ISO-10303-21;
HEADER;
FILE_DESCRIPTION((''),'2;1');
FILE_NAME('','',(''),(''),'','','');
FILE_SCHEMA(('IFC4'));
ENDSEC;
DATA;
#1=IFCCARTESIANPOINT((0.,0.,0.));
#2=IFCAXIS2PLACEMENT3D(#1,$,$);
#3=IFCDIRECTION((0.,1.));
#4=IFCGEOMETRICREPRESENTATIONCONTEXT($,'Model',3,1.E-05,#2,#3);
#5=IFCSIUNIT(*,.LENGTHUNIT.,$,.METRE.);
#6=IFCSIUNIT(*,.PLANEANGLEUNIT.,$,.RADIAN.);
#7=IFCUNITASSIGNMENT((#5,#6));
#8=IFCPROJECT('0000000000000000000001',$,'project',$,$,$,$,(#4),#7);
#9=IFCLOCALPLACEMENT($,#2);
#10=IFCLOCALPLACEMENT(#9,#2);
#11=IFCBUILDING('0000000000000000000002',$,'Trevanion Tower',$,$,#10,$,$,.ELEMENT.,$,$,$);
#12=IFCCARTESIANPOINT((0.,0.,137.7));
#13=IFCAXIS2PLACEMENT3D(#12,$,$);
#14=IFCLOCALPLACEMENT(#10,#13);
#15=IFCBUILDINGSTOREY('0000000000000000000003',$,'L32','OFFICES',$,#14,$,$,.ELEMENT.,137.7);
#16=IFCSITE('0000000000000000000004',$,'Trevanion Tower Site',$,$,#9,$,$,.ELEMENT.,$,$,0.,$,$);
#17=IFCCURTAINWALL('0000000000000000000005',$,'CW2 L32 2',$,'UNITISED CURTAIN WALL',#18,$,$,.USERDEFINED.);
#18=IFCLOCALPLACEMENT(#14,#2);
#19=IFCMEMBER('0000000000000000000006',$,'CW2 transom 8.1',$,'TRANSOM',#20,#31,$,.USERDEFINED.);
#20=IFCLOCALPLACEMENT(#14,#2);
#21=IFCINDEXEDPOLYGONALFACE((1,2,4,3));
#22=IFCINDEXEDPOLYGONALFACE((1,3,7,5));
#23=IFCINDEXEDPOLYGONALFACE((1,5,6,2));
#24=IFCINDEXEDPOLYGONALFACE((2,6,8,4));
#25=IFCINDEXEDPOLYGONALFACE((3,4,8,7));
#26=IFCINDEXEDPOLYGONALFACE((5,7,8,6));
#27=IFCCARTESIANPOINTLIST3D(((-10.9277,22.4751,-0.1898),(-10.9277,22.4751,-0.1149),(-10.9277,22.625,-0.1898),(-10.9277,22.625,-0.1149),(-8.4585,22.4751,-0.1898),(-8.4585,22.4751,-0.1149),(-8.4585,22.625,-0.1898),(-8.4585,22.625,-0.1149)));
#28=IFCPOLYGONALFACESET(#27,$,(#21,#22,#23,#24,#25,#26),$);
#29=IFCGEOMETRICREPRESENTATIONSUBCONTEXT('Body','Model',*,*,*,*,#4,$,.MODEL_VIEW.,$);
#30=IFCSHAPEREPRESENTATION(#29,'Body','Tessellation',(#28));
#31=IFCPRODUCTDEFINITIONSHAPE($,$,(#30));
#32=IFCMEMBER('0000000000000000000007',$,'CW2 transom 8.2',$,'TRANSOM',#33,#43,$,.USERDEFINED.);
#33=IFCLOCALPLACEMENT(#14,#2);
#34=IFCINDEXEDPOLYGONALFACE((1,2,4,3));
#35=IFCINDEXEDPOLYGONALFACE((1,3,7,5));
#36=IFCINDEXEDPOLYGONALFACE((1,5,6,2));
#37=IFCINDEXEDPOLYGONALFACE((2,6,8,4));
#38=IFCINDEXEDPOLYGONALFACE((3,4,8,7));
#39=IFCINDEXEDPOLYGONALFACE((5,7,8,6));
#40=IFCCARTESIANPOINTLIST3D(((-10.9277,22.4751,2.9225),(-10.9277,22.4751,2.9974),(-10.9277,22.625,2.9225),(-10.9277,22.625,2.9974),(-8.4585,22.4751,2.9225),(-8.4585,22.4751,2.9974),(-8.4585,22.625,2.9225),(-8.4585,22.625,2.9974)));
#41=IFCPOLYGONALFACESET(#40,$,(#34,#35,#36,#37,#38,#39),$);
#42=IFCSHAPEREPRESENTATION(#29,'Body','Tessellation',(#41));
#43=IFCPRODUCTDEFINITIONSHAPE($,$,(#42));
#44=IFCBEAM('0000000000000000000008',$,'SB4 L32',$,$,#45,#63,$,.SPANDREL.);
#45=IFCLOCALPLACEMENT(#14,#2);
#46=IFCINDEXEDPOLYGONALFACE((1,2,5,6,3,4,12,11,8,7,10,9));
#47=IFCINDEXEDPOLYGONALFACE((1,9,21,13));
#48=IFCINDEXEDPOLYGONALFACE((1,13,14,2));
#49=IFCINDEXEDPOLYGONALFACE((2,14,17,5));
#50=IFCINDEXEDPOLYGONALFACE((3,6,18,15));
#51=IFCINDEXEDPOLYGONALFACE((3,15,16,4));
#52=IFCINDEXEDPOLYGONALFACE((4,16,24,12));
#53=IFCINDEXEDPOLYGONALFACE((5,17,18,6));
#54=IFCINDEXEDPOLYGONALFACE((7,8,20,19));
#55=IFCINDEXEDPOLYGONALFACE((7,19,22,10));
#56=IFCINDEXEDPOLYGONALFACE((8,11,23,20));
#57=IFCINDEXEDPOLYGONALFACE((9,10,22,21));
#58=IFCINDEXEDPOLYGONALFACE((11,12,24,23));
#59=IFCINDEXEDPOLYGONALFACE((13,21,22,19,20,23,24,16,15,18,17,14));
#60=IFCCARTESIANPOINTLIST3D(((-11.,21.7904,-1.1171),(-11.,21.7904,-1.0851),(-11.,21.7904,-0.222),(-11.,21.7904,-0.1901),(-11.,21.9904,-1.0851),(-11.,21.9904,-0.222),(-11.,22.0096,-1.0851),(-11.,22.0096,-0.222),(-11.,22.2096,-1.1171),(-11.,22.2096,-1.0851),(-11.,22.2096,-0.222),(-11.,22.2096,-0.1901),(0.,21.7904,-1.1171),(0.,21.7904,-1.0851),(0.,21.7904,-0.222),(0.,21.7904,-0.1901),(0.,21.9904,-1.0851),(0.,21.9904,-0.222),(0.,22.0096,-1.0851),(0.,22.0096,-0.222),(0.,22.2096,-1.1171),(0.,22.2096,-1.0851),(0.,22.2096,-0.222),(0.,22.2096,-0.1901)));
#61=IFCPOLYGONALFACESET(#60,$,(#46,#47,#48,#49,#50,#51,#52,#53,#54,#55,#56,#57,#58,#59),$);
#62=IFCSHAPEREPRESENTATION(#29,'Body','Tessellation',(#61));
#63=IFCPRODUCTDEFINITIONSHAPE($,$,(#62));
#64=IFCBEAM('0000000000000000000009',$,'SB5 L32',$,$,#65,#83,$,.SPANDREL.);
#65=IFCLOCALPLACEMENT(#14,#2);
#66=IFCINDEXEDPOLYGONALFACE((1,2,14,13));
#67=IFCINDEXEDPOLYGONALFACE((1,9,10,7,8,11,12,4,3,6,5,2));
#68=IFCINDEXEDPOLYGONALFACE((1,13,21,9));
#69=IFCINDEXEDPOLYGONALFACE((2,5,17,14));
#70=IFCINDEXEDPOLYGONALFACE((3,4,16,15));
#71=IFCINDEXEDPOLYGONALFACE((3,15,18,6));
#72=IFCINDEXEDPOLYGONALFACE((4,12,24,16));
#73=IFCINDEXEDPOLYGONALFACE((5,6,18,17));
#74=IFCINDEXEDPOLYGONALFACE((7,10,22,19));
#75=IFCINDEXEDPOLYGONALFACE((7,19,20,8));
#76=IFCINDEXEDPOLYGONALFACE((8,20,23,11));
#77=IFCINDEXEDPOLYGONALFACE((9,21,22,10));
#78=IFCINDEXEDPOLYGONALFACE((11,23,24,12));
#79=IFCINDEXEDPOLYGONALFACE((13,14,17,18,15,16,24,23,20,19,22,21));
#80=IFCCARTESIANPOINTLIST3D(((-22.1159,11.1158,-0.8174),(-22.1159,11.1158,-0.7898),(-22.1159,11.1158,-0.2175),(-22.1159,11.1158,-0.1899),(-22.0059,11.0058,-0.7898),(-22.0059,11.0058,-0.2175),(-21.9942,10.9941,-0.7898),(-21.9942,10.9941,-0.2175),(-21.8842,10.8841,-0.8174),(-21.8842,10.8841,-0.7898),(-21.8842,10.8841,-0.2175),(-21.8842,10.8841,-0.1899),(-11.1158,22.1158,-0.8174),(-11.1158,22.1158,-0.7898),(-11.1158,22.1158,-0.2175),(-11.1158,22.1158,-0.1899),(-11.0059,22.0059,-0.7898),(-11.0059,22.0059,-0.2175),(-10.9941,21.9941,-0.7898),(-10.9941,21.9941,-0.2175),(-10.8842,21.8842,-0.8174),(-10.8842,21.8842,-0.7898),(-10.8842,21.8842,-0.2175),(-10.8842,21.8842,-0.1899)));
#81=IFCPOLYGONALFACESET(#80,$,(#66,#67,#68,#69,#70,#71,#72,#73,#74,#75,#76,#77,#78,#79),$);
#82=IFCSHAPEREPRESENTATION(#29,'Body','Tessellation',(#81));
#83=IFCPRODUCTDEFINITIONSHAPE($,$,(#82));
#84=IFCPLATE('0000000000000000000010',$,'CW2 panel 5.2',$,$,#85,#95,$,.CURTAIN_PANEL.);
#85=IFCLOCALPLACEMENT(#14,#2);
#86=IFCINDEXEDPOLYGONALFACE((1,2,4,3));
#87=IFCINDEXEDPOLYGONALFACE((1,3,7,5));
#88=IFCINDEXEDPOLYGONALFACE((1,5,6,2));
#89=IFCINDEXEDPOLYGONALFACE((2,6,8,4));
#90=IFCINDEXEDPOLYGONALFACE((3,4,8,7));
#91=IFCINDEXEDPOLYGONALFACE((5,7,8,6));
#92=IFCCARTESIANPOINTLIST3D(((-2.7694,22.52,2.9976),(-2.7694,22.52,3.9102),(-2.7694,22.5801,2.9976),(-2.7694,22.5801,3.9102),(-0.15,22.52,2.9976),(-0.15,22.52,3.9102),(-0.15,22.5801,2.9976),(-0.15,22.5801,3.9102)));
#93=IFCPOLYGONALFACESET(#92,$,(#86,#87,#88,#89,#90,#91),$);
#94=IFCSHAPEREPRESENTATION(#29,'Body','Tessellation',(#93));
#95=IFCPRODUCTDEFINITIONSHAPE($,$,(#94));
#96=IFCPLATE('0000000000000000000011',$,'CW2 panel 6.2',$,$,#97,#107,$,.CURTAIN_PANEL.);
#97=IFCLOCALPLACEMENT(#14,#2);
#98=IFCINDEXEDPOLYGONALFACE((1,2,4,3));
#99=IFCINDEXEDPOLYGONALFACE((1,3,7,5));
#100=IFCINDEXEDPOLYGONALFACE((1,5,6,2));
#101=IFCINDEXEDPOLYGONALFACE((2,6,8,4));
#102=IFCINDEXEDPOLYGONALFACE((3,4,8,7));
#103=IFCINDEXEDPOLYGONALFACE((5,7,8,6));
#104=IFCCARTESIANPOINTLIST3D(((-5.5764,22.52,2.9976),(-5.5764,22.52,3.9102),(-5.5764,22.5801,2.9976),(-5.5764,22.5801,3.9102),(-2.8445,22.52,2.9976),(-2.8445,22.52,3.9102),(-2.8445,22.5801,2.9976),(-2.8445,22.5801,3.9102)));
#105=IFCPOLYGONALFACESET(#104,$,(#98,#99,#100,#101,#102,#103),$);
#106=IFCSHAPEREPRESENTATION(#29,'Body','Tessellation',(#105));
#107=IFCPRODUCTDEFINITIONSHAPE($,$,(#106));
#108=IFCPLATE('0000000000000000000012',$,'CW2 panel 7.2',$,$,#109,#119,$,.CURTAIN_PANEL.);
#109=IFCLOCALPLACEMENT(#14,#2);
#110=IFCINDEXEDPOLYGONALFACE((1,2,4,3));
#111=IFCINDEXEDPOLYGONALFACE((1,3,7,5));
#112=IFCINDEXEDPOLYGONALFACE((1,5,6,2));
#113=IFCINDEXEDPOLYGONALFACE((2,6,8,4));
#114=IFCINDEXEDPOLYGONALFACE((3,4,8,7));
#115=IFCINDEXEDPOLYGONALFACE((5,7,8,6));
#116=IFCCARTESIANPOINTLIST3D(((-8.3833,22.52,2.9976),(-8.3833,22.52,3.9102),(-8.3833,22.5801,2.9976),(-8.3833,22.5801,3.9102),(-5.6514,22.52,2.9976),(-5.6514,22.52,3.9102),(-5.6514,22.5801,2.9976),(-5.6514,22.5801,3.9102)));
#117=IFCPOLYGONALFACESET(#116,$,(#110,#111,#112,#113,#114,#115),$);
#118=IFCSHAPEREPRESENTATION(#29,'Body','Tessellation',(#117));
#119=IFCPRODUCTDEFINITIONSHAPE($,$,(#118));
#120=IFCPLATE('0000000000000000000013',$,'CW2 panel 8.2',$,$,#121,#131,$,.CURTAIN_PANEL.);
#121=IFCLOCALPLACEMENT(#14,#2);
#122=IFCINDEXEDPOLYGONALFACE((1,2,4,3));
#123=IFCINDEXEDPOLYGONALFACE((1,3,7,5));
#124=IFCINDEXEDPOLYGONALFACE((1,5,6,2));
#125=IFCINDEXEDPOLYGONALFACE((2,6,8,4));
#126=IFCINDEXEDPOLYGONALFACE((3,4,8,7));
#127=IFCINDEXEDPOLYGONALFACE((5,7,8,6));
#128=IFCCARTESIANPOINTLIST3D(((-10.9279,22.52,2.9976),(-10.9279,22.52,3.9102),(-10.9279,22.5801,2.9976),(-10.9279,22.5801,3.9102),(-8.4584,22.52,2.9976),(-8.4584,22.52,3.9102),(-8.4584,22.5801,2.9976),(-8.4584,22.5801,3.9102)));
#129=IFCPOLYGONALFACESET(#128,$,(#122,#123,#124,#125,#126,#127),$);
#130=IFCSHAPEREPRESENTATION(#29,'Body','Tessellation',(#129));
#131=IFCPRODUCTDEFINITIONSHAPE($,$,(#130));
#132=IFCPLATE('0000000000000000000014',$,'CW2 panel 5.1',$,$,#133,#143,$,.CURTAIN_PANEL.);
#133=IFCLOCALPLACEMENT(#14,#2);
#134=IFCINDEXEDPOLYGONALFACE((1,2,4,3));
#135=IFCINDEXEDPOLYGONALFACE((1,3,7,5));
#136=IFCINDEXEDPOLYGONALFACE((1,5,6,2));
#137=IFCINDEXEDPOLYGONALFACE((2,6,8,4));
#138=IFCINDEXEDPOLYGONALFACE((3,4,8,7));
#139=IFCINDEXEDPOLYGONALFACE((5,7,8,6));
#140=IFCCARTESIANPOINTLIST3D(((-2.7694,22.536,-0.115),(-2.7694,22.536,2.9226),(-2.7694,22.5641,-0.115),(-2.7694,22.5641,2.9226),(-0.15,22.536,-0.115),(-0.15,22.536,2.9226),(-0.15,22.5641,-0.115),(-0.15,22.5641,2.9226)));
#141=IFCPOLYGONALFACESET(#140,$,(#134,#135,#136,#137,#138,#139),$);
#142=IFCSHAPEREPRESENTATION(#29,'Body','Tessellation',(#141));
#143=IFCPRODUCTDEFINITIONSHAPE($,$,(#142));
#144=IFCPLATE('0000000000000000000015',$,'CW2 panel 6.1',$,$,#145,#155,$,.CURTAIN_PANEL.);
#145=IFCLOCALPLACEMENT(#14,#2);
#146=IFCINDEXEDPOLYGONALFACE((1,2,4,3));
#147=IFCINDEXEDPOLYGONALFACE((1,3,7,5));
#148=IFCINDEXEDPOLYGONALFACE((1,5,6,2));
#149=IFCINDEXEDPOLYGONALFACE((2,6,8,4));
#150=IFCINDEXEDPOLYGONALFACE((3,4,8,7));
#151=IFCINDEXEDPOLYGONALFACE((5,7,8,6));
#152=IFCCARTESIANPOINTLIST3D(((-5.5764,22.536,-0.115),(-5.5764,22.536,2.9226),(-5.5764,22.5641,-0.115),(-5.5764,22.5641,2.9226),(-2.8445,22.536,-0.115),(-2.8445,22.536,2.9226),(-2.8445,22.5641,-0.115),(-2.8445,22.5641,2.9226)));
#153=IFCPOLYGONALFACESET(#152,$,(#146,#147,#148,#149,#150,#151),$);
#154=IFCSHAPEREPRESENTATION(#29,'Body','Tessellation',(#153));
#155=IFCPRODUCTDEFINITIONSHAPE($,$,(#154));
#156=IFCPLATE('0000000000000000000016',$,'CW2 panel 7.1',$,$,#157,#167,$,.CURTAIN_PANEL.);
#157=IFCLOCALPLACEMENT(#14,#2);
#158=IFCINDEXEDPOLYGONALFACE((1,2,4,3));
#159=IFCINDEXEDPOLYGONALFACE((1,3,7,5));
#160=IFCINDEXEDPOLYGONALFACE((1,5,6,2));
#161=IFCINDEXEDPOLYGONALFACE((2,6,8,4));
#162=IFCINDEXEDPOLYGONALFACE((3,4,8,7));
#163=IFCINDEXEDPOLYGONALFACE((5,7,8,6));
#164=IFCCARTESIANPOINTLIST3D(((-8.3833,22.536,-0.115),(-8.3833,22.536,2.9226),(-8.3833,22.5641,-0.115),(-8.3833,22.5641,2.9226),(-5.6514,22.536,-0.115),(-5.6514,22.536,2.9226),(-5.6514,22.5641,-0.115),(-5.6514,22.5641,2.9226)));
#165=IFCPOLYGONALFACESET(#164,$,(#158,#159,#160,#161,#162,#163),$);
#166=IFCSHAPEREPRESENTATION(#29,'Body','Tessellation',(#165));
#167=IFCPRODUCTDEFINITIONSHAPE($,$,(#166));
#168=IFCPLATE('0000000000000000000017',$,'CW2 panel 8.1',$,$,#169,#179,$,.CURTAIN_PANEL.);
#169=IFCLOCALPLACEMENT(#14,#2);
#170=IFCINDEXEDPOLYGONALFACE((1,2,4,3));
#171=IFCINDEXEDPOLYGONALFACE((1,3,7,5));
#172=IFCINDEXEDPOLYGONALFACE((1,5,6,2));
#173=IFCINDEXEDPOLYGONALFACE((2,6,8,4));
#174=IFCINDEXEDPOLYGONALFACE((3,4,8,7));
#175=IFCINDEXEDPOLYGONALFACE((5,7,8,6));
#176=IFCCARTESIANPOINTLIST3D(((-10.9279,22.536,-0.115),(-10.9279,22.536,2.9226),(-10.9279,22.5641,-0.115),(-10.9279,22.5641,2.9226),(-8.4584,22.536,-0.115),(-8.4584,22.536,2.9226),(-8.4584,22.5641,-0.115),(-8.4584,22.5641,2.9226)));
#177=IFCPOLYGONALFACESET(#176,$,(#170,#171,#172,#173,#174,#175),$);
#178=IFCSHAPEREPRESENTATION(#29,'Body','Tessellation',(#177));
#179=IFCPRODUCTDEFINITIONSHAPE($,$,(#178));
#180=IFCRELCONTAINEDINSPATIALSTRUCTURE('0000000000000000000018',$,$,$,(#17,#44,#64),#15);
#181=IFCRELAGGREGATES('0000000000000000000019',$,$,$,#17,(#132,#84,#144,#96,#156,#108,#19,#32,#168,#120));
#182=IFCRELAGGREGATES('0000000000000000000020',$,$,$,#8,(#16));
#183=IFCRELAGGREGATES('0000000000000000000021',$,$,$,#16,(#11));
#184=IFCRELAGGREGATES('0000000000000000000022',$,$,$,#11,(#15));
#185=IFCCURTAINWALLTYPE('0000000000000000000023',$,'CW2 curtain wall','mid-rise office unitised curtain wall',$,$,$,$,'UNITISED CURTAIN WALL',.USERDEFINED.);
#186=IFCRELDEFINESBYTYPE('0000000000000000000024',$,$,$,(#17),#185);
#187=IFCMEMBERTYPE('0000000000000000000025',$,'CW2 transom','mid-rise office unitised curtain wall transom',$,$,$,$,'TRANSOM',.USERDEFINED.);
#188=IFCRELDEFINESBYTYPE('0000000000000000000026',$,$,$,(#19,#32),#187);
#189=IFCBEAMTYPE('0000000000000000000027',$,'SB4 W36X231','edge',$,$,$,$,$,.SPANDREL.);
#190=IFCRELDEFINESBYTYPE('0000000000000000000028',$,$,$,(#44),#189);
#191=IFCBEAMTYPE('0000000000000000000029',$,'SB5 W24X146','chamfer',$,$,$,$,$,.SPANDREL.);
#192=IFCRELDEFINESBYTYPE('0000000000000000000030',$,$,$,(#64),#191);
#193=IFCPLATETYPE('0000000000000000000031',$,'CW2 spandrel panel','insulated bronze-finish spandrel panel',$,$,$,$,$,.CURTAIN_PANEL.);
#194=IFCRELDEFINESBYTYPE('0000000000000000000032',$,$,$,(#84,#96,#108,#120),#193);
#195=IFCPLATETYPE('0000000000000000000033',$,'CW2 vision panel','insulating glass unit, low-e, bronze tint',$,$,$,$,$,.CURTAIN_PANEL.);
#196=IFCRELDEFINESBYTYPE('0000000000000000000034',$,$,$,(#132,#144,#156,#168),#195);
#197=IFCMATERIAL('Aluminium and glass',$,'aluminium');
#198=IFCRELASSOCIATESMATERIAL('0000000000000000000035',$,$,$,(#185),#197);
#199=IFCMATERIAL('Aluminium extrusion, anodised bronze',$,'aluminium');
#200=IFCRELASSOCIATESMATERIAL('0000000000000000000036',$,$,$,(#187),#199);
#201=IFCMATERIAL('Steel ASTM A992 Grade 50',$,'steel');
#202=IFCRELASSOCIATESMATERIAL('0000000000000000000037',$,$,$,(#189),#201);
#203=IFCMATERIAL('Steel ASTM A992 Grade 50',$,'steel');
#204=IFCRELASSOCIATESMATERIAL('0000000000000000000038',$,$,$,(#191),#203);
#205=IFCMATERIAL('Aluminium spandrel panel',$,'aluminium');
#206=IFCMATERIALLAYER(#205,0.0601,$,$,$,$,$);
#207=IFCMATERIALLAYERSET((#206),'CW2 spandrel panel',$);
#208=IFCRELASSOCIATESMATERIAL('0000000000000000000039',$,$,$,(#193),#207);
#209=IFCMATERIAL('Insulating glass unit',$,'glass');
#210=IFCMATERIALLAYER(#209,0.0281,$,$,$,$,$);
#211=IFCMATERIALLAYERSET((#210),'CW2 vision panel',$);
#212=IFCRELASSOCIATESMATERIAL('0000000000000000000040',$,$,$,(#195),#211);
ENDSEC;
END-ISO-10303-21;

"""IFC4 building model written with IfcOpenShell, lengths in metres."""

from ifc_helpers import new_model, si_unit, direction, frame, origin, origin_2d, place, context, subcontext, project, spatial, rectangle, i_section, extrude, material, layer, layer_set, material_profile, profile_set, type_object, element, aggregate, save


model = new_model("IFC4")

# Units and contexts
model_context = context("Model", 3, precision=1e-05, world=origin(), true_north=direction((0.0, 1.0)))
body_context = subcontext(model_context, "Body", "Model", "MODEL_VIEW")
ifc_project = project(units=[si_unit("LENGTHUNIT", "METRE"), si_unit("PLANEANGLEUNIT", "RADIAN")], contexts=[model_context])

# Site, building, storey
site_placement = place(None, origin())
site = spatial("IfcSite", under=ifc_project, at=site_placement, Name="Trevanion Tower Site", CompositionType="ELEMENT", RefElevation=0.0)
building_placement = place(site_placement, origin())
building = spatial("IfcBuilding", under=site, at=building_placement, Name="Trevanion Tower", CompositionType="ELEMENT")
storey_placement = place(building_placement, frame((0.0, 0.0, 137.7)))
storey = spatial("IfcBuildingStorey", under=building, at=storey_placement, Name="L32", Description="OFFICES", CompositionType="ELEMENT", Elevation=137.7)

# Curtain wall
ifc_material_1 = material(Name="Aluminium and glass", Category="aluminium")
curtain_wall_type = type_object("IfcCurtainWallType", Name="CW2 curtain wall", Description="mid-rise office unitised curtain wall", ElementType="UNITISED CURTAIN WALL", PredefinedType="USERDEFINED", material=ifc_material_1)
curtain_wall_1_placement = place(storey_placement, origin())
curtain_wall_1 = element("IfcCurtainWall", 1, at=curtain_wall_1_placement, inside=storey, type_object=curtain_wall_type, Name="CW2 L32 2", ObjectType="UNITISED CURTAIN WALL", PredefinedType="USERDEFINED")

# Members
ifc_material_2 = material(Name="Aluminium extrusion, anodised bronze", Category="aluminium")
ifc_material_profile_1 = material_profile(ifc_material_2, rectangle(XDim=0.1499, YDim=0.075, at=origin_2d()), Name="CW2 transom")
ifc_profile_set_1 = profile_set([ifc_material_profile_1], Name="Aluminium extrusion, anodised bronze")
member_type_1 = type_object("IfcMemberType", Name="CW2 transom", Description="mid-rise office unitised curtain wall transom", ElementType="TRANSOM", PredefinedType="USERDEFINED", material=ifc_profile_set_1)
member_1_placement = place(storey_placement, frame((-8.4585, 22.55, -0.1523), z_axis=(-1.0, 0.0, 0.0), x_axis=(0.0, -1.0, 0.0)))
member_1 = element("IfcMember", 2, at=member_1_placement, type_object=member_type_1, Name="CW2 transom 8.1", ObjectType="TRANSOM", PredefinedType="USERDEFINED", context=body_context, shape_type="SweptSolid", body=[
    extrude(rectangle(XDim=0.1499, YDim=0.075, at=origin_2d()), origin(), (0.0, 0.0, 1.0), 2.4692),
])
member_2_placement = place(storey_placement, frame((-8.4585, 22.55, 2.96), z_axis=(-1.0, 0.0, 0.0), x_axis=(0.0, -1.0, 0.0)))
member_2 = element("IfcMember", 3, at=member_2_placement, type_object=member_type_1, Name="CW2 transom 8.2", ObjectType="TRANSOM", PredefinedType="USERDEFINED", context=body_context, shape_type="SweptSolid", body=[
    extrude(rectangle(XDim=0.1499, YDim=0.075, at=origin_2d()), origin(), (0.0, 0.0, 1.0), 2.4692),
])

# Beams
ifc_material_3 = material(Name="Steel ASTM A992 Grade 50", Category="steel")
ifc_material_profile_2 = material_profile(ifc_material_3, i_section(OverallWidth=0.4192, OverallDepth=0.927, WebThickness=0.0193, FlangeThickness=0.032, at=origin_2d()), Name="W36X231")
ifc_profile_set_2 = profile_set([ifc_material_profile_2], Name="Steel ASTM A992 Grade 50")
beam_type_1 = type_object("IfcBeamType", Name="SB4 W36X231", Description="edge", PredefinedType="SPANDREL", material=ifc_profile_set_2)
beam_1_placement = place(storey_placement, frame((0.0, 22.0, -0.6536), z_axis=(-1.0, 0.0, 0.0), x_axis=(0.0, -1.0, 0.0)))
element("IfcBeam", 4, at=beam_1_placement, inside=storey, type_object=beam_type_1, Name="SB4 L32", PredefinedType="SPANDREL", context=body_context, shape_type="SweptSolid", body=[
    extrude(i_section(OverallWidth=0.4192, OverallDepth=0.927, WebThickness=0.0193, FlangeThickness=0.032, at=origin_2d()), origin(), (0.0, 0.0, 1.0), 11.0),
])
ifc_material_4 = material(Name="Steel ASTM A992 Grade 50", Category="steel")
ifc_material_profile_3 = material_profile(ifc_material_4, i_section(OverallWidth=0.3276, OverallDepth=0.6274, WebThickness=0.0166, FlangeThickness=0.0276, at=origin_2d()), Name="W24X146")
ifc_profile_set_3 = profile_set([ifc_material_profile_3], Name="Steel ASTM A992 Grade 50")
beam_type_2 = type_object("IfcBeamType", Name="SB5 W24X146", Description="chamfer", PredefinedType="SPANDREL", material=ifc_profile_set_3)
beam_2_placement = place(storey_placement, frame((-11.0, 22.0, -0.5037), z_axis=(-0.707107, -0.707107, 0.0), x_axis=(0.707107, -0.707107, 0.0)))
element("IfcBeam", 5, at=beam_2_placement, inside=storey, type_object=beam_type_2, Name="SB5 L32", PredefinedType="SPANDREL", context=body_context, shape_type="SweptSolid", body=[
    extrude(i_section(OverallWidth=0.3276, OverallDepth=0.6274, WebThickness=0.0166, FlangeThickness=0.0276, at=origin_2d()), origin(), (0.0, 0.0, 1.0), 15.5564),
])

# Plates
ifc_material_5 = material(Name="Aluminium spandrel panel", Category="aluminium")
ifc_layer_1 = layer(ifc_material_5, 0.0601)
ifc_layer_set_1 = layer_set([ifc_layer_1], Name="CW2 spandrel panel")
plate_type_1 = type_object("IfcPlateType", Name="CW2 spandrel panel", Description="insulated bronze-finish spandrel panel", PredefinedType="CURTAIN_PANEL", material=ifc_layer_set_1)
plate_1_placement = place(storey_placement, frame((-1.4597, 22.55, 2.9976), z_axis=(0.0, 0.0, 1.0), x_axis=(-1.0, 0.0, 0.0)))
plate_1 = element("IfcPlate", 6, at=plate_1_placement, type_object=plate_type_1, Name="CW2 panel 5.2", PredefinedType="CURTAIN_PANEL", context=body_context, shape_type="SweptSolid", body=[
    extrude(rectangle(XDim=2.6194, YDim=0.0601, at=origin_2d()), origin(), (0.0, 0.0, 1.0), 0.9126),
])
plate_2_placement = place(storey_placement, frame((-4.2104, 22.55, 2.9976), z_axis=(0.0, 0.0, 1.0), x_axis=(-1.0, 0.0, 0.0)))
plate_2 = element("IfcPlate", 7, at=plate_2_placement, type_object=plate_type_1, Name="CW2 panel 6.2", PredefinedType="CURTAIN_PANEL", context=body_context, shape_type="SweptSolid", body=[
    extrude(rectangle(XDim=2.7319, YDim=0.0601, at=origin_2d()), origin(), (0.0, 0.0, 1.0), 0.9126),
])
plate_3_placement = place(storey_placement, frame((-7.0173, 22.55, 2.9976), z_axis=(0.0, 0.0, 1.0), x_axis=(-1.0, 0.0, 0.0)))
plate_3 = element("IfcPlate", 8, at=plate_3_placement, type_object=plate_type_1, Name="CW2 panel 7.2", PredefinedType="CURTAIN_PANEL", context=body_context, shape_type="SweptSolid", body=[
    extrude(rectangle(XDim=2.7319, YDim=0.0601, at=origin_2d()), origin(), (0.0, 0.0, 1.0), 0.9126),
])
plate_4_placement = place(storey_placement, frame((-9.6931, 22.55, 2.9976), z_axis=(0.0, 0.0, 1.0), x_axis=(-1.0, 0.0, 0.0)))
plate_4 = element("IfcPlate", 9, at=plate_4_placement, type_object=plate_type_1, Name="CW2 panel 8.2", PredefinedType="CURTAIN_PANEL", context=body_context, shape_type="SweptSolid", body=[
    extrude(rectangle(XDim=2.4695, YDim=0.0601, at=origin_2d()), origin(), (0.0, 0.0, 1.0), 0.9126),
])
ifc_material_6 = material(Name="Insulating glass unit", Category="glass")
ifc_layer_2 = layer(ifc_material_6, 0.0281)
ifc_layer_set_2 = layer_set([ifc_layer_2], Name="CW2 vision panel")
plate_type_2 = type_object("IfcPlateType", Name="CW2 vision panel", Description="insulating glass unit, low-e, bronze tint", PredefinedType="CURTAIN_PANEL", material=ifc_layer_set_2)
plate_5_placement = place(storey_placement, frame((-1.4597, 22.55, -0.115), z_axis=(0.0, 0.0, 1.0), x_axis=(-1.0, 0.0, 0.0)))
plate_5 = element("IfcPlate", 10, at=plate_5_placement, type_object=plate_type_2, Name="CW2 panel 5.1", PredefinedType="CURTAIN_PANEL", context=body_context, shape_type="SweptSolid", body=[
    extrude(rectangle(XDim=2.6194, YDim=0.0281, at=origin_2d()), origin(), (0.0, 0.0, 1.0), 3.0376),
])
plate_6_placement = place(storey_placement, frame((-4.2104, 22.55, -0.115), z_axis=(0.0, 0.0, 1.0), x_axis=(-1.0, 0.0, 0.0)))
plate_6 = element("IfcPlate", 11, at=plate_6_placement, type_object=plate_type_2, Name="CW2 panel 6.1", PredefinedType="CURTAIN_PANEL", context=body_context, shape_type="SweptSolid", body=[
    extrude(rectangle(XDim=2.7319, YDim=0.0281, at=origin_2d()), origin(), (0.0, 0.0, 1.0), 3.0376),
])
plate_7_placement = place(storey_placement, frame((-7.0173, 22.55, -0.115), z_axis=(0.0, 0.0, 1.0), x_axis=(-1.0, 0.0, 0.0)))
plate_7 = element("IfcPlate", 12, at=plate_7_placement, type_object=plate_type_2, Name="CW2 panel 7.1", PredefinedType="CURTAIN_PANEL", context=body_context, shape_type="SweptSolid", body=[
    extrude(rectangle(XDim=2.7319, YDim=0.0281, at=origin_2d()), origin(), (0.0, 0.0, 1.0), 3.0376),
])
plate_8_placement = place(storey_placement, frame((-9.6931, 22.55, -0.115), z_axis=(0.0, 0.0, 1.0), x_axis=(-1.0, 0.0, 0.0)))
plate_8 = element("IfcPlate", 13, at=plate_8_placement, type_object=plate_type_2, Name="CW2 panel 8.1", PredefinedType="CURTAIN_PANEL", context=body_context, shape_type="SweptSolid", body=[
    extrude(rectangle(XDim=2.4695, YDim=0.0281, at=origin_2d()), origin(), (0.0, 0.0, 1.0), 3.0376),
])
aggregate(curtain_wall_1, [plate_5, plate_1, plate_6, plate_2, plate_7, plate_3, member_1, member_2, plate_8, plate_4])

save(model, "model.ifc")
